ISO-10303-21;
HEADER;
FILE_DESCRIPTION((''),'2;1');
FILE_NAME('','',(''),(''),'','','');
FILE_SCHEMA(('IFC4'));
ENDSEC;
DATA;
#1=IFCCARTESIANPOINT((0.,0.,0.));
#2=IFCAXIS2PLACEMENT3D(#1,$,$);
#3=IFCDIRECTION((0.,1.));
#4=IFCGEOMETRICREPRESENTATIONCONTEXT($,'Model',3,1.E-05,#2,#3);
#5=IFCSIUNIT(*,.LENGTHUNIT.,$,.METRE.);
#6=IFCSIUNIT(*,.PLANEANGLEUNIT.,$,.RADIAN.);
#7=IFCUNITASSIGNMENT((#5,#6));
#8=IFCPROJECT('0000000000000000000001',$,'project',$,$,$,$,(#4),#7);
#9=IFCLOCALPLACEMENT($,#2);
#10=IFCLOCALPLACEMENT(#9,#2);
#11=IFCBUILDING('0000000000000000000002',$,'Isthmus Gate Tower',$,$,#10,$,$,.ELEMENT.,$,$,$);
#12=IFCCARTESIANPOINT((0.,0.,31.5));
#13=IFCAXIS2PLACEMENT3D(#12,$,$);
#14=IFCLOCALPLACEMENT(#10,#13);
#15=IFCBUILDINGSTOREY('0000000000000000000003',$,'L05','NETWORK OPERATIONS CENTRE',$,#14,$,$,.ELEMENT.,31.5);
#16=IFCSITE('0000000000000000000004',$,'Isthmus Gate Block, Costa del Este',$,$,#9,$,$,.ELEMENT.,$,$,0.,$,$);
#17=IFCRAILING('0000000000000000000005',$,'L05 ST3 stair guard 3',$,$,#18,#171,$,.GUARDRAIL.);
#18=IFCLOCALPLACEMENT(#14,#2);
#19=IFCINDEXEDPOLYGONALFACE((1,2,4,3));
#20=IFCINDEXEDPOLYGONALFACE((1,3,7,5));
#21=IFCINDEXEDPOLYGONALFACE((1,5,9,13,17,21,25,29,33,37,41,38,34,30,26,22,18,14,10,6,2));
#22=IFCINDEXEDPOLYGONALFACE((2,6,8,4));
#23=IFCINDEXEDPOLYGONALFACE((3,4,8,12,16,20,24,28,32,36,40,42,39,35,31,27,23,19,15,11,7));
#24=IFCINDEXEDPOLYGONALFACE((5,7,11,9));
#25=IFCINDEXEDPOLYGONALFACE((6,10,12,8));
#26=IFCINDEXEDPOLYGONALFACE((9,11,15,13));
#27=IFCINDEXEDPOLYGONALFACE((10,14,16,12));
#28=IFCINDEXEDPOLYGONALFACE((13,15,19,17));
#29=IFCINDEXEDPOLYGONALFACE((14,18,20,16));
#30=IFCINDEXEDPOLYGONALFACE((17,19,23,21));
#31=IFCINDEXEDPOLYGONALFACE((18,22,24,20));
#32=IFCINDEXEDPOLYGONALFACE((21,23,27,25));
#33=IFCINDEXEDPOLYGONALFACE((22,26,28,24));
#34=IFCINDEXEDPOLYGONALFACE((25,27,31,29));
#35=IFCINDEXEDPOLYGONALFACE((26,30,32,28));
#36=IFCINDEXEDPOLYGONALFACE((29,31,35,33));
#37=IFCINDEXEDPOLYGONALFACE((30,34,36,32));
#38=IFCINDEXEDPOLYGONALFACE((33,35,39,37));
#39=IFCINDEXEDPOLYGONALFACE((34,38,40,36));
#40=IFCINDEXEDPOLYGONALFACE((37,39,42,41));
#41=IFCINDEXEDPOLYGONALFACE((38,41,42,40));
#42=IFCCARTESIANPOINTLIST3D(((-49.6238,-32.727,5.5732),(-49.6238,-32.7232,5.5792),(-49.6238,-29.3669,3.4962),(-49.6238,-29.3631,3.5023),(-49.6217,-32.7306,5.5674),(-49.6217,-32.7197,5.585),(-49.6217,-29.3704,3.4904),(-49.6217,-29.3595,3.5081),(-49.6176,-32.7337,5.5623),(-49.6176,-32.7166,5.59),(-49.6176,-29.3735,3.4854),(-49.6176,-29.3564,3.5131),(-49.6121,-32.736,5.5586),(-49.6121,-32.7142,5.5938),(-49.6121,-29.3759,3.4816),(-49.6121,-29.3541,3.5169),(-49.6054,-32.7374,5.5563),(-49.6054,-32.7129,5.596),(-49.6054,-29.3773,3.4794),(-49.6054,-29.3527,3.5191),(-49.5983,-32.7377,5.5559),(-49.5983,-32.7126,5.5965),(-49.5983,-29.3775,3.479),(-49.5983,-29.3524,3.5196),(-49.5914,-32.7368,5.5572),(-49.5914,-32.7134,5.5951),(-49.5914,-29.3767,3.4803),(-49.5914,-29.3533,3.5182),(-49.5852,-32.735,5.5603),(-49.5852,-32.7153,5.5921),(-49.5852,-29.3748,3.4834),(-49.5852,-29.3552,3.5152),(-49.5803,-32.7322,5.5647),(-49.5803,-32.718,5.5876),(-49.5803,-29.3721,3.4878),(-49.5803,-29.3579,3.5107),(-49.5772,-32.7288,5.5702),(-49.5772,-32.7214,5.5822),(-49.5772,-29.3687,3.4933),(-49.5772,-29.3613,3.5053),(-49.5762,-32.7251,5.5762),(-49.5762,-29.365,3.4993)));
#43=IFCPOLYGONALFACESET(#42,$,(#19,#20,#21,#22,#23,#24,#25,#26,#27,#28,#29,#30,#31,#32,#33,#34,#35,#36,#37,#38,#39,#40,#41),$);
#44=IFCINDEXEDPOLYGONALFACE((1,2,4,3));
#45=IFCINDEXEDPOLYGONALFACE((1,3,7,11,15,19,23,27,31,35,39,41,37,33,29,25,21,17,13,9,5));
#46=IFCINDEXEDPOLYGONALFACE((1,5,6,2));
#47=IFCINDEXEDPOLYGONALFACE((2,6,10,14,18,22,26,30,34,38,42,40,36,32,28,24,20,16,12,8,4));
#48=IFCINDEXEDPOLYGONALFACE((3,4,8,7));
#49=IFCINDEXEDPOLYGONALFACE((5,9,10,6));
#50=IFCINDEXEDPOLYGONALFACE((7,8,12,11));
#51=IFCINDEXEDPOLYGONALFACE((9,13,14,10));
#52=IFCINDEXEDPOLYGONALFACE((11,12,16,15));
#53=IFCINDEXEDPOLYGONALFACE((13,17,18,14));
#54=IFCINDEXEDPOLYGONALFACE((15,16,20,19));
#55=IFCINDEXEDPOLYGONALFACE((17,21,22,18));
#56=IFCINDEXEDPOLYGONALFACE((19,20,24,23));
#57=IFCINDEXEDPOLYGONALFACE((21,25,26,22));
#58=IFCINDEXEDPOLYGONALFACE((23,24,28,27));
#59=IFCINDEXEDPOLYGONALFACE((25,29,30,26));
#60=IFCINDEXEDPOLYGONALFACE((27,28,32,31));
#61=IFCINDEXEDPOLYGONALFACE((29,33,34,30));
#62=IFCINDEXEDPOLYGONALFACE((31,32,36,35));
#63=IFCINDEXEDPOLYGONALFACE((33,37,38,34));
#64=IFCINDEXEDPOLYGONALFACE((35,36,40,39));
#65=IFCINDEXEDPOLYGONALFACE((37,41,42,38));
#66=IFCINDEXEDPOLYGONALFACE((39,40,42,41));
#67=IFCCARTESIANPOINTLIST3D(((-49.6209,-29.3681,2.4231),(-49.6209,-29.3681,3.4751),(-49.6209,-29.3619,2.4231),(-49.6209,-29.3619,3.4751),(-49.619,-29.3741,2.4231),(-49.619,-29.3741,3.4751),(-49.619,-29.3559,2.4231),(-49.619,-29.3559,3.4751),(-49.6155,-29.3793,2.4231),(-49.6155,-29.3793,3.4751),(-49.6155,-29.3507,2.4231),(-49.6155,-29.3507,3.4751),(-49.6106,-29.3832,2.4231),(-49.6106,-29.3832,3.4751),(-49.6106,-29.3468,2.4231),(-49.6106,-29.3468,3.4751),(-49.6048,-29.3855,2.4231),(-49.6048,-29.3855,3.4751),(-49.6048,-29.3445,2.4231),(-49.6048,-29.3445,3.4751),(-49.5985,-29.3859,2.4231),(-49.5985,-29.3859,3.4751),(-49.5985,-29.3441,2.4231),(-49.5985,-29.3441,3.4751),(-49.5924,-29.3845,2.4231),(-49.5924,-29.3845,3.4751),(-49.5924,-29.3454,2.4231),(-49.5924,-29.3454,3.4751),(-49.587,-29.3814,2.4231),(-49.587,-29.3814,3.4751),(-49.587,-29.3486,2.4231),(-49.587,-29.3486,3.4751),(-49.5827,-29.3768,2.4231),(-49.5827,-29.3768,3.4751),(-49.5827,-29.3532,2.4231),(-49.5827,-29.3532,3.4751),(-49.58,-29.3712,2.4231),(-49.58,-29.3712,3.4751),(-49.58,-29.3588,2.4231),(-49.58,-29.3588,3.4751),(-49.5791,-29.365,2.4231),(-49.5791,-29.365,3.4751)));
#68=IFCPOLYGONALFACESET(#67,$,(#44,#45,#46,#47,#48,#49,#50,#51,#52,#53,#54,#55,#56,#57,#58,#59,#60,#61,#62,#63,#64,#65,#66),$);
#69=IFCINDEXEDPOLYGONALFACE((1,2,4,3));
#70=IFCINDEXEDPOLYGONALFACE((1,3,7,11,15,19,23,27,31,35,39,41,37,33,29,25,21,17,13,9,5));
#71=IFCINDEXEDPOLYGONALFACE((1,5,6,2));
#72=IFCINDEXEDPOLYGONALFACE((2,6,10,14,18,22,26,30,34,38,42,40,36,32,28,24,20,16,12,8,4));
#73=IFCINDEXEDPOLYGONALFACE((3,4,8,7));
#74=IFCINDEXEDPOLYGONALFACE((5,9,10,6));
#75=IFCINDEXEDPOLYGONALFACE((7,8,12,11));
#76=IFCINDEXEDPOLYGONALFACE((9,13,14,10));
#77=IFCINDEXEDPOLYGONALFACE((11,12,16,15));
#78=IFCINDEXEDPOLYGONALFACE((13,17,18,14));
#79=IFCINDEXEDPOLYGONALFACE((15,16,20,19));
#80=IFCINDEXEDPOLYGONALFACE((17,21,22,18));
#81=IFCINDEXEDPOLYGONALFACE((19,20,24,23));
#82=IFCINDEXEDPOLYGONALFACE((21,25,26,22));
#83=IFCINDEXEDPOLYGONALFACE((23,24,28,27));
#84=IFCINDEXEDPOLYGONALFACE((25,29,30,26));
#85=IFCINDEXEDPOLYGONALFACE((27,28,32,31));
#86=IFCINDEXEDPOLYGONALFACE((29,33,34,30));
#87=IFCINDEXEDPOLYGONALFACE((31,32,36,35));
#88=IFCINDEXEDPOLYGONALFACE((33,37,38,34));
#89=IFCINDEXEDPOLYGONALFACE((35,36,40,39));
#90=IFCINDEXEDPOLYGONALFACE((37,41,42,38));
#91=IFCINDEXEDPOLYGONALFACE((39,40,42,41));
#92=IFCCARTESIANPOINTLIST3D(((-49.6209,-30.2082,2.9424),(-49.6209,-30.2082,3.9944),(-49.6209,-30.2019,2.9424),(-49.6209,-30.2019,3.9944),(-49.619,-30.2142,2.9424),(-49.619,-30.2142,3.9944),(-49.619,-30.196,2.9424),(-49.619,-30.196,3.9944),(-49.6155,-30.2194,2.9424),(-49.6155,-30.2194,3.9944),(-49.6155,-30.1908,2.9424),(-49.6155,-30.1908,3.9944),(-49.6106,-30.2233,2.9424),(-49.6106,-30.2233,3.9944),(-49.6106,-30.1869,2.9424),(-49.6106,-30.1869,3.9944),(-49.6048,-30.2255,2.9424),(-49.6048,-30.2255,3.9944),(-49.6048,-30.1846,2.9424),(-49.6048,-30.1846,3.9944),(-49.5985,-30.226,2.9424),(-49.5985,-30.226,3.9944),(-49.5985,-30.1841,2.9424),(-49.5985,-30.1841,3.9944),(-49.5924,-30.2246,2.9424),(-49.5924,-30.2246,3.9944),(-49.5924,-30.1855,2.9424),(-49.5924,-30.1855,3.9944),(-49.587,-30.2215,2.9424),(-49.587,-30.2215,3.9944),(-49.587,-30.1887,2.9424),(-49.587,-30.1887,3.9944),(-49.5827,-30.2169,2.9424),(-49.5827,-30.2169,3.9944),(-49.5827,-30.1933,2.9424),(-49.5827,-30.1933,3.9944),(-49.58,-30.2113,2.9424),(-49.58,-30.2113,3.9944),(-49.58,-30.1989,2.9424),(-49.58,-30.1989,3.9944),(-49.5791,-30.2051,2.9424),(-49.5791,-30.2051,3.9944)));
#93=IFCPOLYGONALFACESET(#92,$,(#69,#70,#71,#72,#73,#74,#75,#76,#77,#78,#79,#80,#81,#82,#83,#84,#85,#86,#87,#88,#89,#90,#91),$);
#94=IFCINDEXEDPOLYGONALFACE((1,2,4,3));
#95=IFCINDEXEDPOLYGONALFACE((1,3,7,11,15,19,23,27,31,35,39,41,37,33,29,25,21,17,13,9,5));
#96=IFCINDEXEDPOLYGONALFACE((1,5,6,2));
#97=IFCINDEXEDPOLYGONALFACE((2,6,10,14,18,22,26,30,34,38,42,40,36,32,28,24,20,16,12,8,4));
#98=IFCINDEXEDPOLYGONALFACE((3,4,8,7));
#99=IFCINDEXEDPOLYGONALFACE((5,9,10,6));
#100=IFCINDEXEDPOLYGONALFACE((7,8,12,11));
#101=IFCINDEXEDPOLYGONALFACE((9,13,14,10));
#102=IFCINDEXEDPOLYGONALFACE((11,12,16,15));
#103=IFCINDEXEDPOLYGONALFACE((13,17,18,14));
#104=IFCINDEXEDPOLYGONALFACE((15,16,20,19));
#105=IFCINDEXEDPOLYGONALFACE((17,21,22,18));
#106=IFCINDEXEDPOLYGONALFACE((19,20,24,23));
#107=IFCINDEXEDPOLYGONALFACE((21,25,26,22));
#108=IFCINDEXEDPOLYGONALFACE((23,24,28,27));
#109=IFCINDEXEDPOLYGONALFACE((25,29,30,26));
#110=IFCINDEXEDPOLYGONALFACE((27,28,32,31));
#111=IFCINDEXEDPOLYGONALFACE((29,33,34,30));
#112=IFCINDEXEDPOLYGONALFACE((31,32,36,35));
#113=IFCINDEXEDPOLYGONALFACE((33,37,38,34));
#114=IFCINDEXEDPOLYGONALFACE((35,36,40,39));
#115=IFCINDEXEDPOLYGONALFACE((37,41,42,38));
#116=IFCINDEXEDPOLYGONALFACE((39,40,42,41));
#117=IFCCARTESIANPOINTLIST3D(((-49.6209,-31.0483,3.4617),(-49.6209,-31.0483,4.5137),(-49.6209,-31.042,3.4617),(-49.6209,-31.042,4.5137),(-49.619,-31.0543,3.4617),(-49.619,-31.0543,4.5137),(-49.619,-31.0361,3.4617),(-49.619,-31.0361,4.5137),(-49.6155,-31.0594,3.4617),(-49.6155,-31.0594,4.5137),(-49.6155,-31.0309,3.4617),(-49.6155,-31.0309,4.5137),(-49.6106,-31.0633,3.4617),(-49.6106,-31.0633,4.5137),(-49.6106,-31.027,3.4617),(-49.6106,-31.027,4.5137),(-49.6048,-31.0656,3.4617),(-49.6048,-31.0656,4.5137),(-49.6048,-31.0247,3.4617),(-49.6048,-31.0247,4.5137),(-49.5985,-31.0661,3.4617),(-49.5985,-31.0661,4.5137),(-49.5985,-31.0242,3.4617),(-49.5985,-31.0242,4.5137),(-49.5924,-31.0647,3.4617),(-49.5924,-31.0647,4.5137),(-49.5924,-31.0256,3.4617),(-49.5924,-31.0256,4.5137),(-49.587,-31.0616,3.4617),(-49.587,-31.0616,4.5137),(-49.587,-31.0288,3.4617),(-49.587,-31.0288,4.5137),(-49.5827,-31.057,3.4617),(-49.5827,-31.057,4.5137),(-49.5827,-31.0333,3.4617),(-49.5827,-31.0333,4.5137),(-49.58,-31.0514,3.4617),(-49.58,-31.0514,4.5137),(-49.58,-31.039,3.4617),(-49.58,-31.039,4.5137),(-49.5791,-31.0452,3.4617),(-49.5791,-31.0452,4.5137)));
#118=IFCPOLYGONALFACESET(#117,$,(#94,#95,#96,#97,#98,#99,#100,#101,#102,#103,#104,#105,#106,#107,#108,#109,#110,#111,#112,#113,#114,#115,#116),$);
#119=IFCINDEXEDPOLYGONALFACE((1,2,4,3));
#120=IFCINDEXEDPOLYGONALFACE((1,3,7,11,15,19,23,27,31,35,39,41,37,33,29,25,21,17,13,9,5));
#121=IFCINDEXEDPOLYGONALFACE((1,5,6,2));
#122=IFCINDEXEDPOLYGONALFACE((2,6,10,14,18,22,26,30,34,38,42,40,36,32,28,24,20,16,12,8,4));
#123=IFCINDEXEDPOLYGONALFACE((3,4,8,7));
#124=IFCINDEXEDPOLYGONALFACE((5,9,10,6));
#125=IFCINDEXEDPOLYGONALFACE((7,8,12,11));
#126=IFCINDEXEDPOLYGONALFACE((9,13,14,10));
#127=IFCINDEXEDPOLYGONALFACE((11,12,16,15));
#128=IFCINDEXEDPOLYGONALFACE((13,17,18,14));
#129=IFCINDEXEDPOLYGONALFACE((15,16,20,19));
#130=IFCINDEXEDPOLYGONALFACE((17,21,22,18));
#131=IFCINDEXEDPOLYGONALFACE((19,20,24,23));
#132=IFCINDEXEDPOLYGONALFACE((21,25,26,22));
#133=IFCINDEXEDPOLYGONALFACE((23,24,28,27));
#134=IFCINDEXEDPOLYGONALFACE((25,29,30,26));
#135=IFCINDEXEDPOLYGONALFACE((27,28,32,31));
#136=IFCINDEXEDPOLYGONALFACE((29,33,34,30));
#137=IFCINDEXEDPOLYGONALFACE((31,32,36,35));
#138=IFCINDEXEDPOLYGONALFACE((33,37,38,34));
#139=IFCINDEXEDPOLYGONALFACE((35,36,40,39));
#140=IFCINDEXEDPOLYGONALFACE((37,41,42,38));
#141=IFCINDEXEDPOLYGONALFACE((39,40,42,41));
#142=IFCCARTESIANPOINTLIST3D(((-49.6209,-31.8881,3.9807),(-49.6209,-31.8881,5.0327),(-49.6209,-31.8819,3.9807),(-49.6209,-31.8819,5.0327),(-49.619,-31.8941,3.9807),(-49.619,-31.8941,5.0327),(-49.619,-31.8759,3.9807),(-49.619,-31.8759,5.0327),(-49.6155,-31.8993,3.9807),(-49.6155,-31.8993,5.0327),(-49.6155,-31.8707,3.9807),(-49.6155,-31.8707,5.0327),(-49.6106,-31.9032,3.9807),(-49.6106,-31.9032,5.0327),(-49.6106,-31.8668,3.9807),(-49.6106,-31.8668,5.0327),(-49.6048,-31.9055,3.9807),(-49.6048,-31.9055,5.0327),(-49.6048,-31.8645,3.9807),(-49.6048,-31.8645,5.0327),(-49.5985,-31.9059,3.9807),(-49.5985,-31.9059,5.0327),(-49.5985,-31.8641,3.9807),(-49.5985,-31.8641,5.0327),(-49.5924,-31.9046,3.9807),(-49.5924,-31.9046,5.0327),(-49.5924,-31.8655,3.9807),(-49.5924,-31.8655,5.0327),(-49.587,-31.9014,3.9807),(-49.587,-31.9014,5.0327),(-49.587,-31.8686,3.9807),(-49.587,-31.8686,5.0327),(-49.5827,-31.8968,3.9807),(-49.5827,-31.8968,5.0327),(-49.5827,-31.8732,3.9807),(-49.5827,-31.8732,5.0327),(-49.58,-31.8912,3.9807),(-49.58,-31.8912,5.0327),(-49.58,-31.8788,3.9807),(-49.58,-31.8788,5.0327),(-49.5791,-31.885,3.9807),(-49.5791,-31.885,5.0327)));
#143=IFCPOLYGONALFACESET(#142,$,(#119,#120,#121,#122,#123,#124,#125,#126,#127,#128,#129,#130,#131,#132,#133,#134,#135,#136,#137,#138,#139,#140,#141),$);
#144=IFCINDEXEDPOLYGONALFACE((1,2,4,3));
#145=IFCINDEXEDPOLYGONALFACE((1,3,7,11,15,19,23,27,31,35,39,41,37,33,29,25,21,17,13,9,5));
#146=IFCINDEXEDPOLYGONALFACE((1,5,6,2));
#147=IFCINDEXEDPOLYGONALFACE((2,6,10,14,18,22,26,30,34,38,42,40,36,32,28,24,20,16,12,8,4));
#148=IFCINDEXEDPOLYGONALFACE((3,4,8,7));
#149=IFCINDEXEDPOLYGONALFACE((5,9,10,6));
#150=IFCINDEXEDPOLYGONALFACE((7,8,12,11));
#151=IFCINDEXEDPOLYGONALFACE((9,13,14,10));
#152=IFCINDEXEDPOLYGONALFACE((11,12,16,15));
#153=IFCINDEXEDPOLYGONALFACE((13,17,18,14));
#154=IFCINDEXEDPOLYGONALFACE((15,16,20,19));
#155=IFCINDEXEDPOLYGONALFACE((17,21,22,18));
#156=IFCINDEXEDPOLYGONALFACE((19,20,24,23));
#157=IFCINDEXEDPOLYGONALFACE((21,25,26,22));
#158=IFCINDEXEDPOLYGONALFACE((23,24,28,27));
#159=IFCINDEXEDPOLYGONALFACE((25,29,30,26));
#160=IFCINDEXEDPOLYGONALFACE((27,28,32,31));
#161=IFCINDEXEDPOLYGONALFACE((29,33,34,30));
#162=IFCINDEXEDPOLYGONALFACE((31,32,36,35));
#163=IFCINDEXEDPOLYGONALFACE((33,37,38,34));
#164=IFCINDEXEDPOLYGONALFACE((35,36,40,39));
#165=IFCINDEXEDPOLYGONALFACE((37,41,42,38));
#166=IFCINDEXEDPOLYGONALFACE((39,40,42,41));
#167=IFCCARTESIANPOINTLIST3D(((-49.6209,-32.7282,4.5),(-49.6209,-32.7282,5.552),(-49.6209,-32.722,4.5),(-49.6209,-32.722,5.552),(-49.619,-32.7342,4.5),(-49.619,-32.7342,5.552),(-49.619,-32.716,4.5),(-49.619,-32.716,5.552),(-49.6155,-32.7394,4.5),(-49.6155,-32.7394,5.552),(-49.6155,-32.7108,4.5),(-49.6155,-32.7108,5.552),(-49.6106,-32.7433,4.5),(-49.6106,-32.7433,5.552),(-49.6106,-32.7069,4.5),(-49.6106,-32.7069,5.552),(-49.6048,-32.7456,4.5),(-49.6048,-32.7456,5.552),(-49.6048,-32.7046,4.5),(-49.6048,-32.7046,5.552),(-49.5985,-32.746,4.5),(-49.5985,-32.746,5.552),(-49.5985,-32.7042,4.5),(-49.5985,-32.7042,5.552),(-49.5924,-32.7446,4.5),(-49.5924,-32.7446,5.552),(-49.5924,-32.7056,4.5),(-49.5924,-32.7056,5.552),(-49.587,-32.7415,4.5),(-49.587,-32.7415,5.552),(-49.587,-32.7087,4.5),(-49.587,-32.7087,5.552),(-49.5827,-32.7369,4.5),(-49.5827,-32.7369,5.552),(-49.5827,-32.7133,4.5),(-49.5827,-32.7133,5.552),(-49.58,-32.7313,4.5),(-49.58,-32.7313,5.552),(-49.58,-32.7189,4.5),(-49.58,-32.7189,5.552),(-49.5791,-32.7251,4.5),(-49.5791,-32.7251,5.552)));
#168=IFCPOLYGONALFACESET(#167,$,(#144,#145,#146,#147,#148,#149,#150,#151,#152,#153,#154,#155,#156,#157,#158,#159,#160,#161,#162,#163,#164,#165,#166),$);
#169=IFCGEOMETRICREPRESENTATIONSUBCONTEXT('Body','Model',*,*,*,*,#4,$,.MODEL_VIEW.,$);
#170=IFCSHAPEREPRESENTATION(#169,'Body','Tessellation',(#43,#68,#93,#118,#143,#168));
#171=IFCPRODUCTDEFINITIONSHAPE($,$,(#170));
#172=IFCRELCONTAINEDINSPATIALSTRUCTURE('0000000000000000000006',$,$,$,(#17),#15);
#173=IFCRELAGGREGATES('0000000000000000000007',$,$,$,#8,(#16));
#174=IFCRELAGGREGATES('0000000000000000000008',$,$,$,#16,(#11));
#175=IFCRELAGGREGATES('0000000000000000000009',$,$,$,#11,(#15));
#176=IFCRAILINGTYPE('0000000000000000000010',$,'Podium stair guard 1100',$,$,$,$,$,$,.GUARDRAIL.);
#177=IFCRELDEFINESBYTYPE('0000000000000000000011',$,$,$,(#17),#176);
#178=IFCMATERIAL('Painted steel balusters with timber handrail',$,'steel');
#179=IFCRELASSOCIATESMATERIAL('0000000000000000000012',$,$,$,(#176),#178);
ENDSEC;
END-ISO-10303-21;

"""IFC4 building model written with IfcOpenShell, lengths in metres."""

from ifc_helpers import new_model, si_unit, direction, frame, origin, origin_2d, place, context, subcontext, project, spatial, circle, extrude, material, type_object, element, save


model = new_model("IFC4")

# Units and contexts
model_context = context("Model", 3, precision=1e-05, world=origin(), true_north=direction((0.0, 1.0)))
body_context = subcontext(model_context, "Body", "Model", "MODEL_VIEW")
ifc_project = project(units=[si_unit("LENGTHUNIT", "METRE"), si_unit("PLANEANGLEUNIT", "RADIAN")], contexts=[model_context])

# Site, building, storey
site_placement = place(None, origin())
site = spatial("IfcSite", under=ifc_project, at=site_placement, Name="Isthmus Gate Block, Costa del Este", CompositionType="ELEMENT", RefElevation=0.0)
building_placement = place(site_placement, origin())
building = spatial("IfcBuilding", under=site, at=building_placement, Name="Isthmus Gate Tower", CompositionType="ELEMENT")
storey_placement = place(building_placement, frame((0.0, 0.0, 31.5)))
storey = spatial("IfcBuildingStorey", under=building, at=storey_placement, Name="L05", Description="NETWORK OPERATIONS CENTRE", CompositionType="ELEMENT", Elevation=31.5)

# Railing
ifc_material_1 = material(Name="Painted steel balusters with timber handrail", Category="steel")
railing_type_1 = type_object("IfcRailingType", Name="Podium stair guard 1100", PredefinedType="GUARDRAIL", material=ifc_material_1)
railing_1_placement = place(storey_placement, frame((-49.6001, -29.365, 2.4231)))
element("IfcRailing", 1, at=railing_1_placement, inside=storey, type_object=railing_type_1, Name="L05 ST3 stair guard 3", PredefinedType="GUARDRAIL", context=body_context, shape_type="SweptSolid", body=[
    extrude(circle(Radius=0.0239, at=origin_2d()), frame((0.0, 0.0, 1.0762), z_axis=(0.0, -0.850623, 0.525776), x_axis=(1.0, 0.0, 0.0)), (0.0, 0.0, 1.0), 3.9502),
    extrude(circle(Radius=0.021, at=origin_2d()), origin(), (0.0, 0.0, 1.0), 1.052),
    extrude(circle(Radius=0.021, at=origin_2d()), frame((0.0, -0.8401, 0.5193)), (0.0, 0.0, 1.0), 1.052),
    extrude(circle(Radius=0.021, at=origin_2d()), frame((0.0, -1.6802, 1.0386)), (0.0, 0.0, 1.0), 1.052),
    extrude(circle(Radius=0.021, at=origin_2d()), frame((0.0, -2.52, 1.5576)), (0.0, 0.0, 1.0), 1.052),
    extrude(circle(Radius=0.021, at=origin_2d()), frame((0.0, -3.3601, 2.0769)), (0.0, 0.0, 1.0), 1.052),
])

save(model, "model.ifc")
